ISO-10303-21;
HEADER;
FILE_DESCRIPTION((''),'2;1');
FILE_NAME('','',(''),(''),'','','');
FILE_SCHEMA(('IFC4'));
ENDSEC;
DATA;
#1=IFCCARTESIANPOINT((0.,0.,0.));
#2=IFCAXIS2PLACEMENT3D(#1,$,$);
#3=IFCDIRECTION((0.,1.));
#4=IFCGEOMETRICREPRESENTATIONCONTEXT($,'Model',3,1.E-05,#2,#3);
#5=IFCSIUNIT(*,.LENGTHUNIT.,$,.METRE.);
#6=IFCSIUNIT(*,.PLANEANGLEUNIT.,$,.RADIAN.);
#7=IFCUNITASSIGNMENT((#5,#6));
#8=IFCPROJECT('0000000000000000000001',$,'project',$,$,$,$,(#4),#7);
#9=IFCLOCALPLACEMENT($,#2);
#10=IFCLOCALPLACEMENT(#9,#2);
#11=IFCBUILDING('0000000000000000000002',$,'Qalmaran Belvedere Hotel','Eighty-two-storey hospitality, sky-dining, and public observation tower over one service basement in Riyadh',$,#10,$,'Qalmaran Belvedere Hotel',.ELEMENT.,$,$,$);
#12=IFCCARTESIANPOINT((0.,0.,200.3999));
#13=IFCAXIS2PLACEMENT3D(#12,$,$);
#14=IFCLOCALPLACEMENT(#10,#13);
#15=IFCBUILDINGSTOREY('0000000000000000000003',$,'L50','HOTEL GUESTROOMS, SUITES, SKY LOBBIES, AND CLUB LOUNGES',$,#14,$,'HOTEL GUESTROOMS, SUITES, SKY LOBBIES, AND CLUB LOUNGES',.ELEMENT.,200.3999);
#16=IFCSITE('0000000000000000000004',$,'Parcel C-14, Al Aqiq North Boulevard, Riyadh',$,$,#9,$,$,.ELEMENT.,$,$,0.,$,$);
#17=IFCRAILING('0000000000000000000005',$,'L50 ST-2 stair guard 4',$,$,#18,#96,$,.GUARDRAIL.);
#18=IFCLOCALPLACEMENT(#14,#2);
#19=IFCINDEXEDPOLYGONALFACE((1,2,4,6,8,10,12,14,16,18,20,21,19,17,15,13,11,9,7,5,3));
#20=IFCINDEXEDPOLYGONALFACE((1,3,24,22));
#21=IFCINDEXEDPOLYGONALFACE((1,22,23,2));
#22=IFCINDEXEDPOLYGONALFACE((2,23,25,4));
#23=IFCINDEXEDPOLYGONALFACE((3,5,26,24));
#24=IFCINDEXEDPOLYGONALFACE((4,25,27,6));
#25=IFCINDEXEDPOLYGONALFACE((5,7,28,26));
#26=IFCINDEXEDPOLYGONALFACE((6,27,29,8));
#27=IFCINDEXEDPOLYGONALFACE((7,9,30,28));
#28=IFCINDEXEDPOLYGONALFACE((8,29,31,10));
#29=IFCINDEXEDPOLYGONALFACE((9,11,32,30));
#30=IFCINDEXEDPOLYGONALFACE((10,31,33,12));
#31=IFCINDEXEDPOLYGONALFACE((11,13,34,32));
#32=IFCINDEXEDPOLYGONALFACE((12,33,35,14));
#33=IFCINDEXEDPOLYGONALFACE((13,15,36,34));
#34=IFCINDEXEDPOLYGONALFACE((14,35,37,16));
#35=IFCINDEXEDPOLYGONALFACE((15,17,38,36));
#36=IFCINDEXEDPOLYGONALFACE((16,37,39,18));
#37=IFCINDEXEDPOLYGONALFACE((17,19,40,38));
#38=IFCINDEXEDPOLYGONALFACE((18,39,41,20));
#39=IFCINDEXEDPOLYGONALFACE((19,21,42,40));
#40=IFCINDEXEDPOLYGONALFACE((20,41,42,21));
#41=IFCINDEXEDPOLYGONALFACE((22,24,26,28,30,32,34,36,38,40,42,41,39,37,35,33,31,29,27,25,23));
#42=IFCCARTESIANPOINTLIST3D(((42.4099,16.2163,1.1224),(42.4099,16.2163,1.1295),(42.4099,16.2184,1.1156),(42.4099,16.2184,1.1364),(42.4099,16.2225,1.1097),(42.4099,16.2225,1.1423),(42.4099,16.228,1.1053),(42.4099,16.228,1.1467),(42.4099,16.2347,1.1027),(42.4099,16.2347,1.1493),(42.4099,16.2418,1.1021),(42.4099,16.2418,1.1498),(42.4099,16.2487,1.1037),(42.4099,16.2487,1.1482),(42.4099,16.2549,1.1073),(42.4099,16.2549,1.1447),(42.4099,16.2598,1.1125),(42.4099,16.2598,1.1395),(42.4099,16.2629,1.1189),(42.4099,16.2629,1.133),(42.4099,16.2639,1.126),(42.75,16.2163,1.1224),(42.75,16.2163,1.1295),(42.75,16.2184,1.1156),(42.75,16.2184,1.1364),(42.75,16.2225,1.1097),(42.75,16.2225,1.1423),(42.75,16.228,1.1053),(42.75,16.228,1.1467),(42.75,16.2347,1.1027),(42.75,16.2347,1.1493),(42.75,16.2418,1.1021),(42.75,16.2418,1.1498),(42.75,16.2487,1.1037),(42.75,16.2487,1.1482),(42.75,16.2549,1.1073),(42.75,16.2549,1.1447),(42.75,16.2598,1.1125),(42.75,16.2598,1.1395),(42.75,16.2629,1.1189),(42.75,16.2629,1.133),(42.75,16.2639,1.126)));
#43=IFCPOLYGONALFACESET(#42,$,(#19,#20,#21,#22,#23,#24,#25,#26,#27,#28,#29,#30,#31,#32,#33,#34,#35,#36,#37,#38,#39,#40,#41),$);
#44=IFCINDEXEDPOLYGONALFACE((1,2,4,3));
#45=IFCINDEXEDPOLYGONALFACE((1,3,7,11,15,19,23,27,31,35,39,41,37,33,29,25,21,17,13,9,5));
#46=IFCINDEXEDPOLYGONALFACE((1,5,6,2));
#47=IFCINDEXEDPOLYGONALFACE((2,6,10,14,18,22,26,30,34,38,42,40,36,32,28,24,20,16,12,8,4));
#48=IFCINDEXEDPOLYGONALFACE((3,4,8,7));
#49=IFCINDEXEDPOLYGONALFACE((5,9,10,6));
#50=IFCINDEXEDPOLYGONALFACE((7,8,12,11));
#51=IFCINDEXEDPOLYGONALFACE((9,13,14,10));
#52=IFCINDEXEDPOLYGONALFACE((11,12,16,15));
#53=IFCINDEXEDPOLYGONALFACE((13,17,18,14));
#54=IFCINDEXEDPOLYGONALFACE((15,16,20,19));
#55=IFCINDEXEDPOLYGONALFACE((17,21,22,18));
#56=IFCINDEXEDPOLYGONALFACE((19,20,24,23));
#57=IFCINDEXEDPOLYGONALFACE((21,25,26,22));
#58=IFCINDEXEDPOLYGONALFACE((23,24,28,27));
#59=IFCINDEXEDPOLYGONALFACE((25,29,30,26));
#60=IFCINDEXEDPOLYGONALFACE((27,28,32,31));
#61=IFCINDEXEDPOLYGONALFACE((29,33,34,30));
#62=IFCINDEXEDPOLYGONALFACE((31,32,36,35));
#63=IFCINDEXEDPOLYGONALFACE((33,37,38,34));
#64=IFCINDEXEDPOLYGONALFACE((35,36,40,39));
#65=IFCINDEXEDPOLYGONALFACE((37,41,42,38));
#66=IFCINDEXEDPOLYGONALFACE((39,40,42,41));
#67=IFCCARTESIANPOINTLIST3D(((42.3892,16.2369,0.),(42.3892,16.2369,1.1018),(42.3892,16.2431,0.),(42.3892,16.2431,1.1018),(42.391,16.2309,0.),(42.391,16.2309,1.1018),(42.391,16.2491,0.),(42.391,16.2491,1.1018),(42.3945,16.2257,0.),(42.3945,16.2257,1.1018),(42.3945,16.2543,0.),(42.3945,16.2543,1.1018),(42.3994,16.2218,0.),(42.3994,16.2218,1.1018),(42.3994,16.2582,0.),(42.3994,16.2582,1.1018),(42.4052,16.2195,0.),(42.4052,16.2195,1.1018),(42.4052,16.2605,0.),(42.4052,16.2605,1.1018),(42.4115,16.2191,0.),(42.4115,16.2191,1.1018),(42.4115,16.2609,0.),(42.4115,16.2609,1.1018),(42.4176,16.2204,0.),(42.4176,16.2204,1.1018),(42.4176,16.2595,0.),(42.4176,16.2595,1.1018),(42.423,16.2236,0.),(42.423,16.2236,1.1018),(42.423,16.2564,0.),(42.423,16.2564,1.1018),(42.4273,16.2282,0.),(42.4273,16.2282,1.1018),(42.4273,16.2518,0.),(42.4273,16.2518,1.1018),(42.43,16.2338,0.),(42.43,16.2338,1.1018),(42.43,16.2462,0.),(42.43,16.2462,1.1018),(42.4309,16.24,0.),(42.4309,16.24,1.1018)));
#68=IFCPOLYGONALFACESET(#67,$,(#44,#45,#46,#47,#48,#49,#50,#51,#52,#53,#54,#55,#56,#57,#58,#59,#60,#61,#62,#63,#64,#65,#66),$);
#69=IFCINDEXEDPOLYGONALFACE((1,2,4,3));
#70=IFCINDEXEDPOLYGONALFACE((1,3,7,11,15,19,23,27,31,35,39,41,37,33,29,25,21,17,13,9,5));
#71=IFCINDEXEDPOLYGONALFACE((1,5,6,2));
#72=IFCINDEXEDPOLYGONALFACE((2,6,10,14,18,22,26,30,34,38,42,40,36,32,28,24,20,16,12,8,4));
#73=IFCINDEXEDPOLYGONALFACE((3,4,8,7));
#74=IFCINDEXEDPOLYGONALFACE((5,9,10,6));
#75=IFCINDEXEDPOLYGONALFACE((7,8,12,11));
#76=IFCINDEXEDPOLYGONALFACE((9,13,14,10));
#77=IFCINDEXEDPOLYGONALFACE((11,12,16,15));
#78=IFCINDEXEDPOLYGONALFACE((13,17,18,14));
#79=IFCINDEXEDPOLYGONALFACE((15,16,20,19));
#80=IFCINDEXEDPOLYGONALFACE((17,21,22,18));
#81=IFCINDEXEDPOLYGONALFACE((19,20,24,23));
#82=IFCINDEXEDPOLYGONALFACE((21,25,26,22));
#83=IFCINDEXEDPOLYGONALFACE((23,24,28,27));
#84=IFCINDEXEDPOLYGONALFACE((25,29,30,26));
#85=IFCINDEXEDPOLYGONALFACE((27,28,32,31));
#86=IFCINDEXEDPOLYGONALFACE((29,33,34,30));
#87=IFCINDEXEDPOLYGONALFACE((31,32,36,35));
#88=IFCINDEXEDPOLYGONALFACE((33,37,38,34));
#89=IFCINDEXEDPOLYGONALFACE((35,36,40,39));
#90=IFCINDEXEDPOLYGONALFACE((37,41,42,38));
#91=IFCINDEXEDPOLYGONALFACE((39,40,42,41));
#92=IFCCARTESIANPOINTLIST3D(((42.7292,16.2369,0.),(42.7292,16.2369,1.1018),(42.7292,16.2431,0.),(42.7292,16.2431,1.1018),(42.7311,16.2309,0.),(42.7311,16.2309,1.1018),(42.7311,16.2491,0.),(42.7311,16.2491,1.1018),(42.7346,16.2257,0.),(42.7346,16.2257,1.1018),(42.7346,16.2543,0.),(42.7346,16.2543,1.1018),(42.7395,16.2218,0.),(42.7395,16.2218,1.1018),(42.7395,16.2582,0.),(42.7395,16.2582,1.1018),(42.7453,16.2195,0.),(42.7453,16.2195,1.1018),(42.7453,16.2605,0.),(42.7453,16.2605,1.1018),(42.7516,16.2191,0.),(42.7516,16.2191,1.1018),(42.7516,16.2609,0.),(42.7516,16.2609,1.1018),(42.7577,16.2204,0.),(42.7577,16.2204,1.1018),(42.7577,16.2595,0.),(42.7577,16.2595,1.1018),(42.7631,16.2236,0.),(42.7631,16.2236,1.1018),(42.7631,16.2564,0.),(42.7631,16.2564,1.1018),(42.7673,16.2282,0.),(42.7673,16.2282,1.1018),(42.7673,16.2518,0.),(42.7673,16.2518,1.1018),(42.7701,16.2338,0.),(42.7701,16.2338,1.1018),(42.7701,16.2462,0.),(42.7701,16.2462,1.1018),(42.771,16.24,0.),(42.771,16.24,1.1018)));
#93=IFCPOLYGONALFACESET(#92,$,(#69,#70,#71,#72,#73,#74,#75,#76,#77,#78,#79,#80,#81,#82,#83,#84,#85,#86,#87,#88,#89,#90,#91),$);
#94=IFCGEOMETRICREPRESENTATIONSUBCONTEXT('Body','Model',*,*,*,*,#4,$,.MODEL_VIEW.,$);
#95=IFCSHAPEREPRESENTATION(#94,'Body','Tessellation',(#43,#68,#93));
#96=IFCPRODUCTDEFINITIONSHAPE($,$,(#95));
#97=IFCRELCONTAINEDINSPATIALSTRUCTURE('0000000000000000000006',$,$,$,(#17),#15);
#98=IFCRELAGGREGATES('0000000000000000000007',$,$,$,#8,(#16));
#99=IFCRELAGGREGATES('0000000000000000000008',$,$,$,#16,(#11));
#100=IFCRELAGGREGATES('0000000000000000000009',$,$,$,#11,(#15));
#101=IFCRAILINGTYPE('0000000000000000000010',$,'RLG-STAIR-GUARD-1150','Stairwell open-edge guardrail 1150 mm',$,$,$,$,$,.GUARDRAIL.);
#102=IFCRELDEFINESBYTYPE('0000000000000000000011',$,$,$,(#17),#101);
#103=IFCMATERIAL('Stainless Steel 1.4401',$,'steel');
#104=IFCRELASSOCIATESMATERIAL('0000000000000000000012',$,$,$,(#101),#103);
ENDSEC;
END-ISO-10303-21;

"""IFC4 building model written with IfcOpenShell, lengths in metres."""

from ifc_helpers import new_model, si_unit, direction, frame, origin, origin_2d, place, context, subcontext, project, spatial, circle, extrude, material, type_object, element, save


model = new_model("IFC4")

# Units and contexts
model_context = context("Model", 3, precision=1e-05, world=origin(), true_north=direction((0.0, 1.0)))
body_context = subcontext(model_context, "Body", "Model", "MODEL_VIEW")
ifc_project = project(units=[si_unit("LENGTHUNIT", "METRE"), si_unit("PLANEANGLEUNIT", "RADIAN")], contexts=[model_context])

# Site, building, storey
site_placement = place(None, origin())
site = spatial("IfcSite", under=ifc_project, at=site_placement, Name="Parcel C-14, Al Aqiq North Boulevard, Riyadh", CompositionType="ELEMENT", RefElevation=0.0)
building_placement = place(site_placement, origin())
building = spatial("IfcBuilding", under=site, at=building_placement, Name="Qalmaran Belvedere Hotel", Description="Eighty-two-storey hospitality, sky-dining, and public observation tower over one service basement in Riyadh", LongName="Qalmaran Belvedere Hotel", CompositionType="ELEMENT")
storey_placement = place(building_placement, frame((0.0, 0.0, 200.3999)))
storey = spatial("IfcBuildingStorey", under=building, at=storey_placement, Name="L50", Description="HOTEL GUESTROOMS, SUITES, SKY LOBBIES, AND CLUB LOUNGES", LongName="HOTEL GUESTROOMS, SUITES, SKY LOBBIES, AND CLUB LOUNGES", CompositionType="ELEMENT", Elevation=200.3999)

# Railing
ifc_material_1 = material(Name="Stainless Steel 1.4401", Category="steel")
railing_type_1 = type_object("IfcRailingType", Name="RLG-STAIR-GUARD-1150", Description="Stairwell open-edge guardrail 1150 mm", PredefinedType="GUARDRAIL", material=ifc_material_1)
railing_1_placement = place(storey_placement, frame((42.4099, 16.24, 0.0)))
element("IfcRailing", 1, at=railing_1_placement, inside=storey, type_object=railing_type_1, Name="L50 ST-2 stair guard 4", PredefinedType="GUARDRAIL", context=body_context, shape_type="SweptSolid", body=[
    extrude(circle(Radius=0.0239, at=origin_2d()), frame((0.0, 0.0, 1.126), z_axis=(1.0, 0.0, 0.0), x_axis=(0.0, 1.0, 0.0)), (0.0, 0.0, 1.0), 0.3401),
    extrude(circle(Radius=0.021, at=origin_2d()), origin(), (0.0, 0.0, 1.0), 1.1018),
    extrude(circle(Radius=0.021, at=origin_2d()), frame((0.3401, 0.0, 0.0)), (0.0, 0.0, 1.0), 1.1018),
])

save(model, "model.ifc")
